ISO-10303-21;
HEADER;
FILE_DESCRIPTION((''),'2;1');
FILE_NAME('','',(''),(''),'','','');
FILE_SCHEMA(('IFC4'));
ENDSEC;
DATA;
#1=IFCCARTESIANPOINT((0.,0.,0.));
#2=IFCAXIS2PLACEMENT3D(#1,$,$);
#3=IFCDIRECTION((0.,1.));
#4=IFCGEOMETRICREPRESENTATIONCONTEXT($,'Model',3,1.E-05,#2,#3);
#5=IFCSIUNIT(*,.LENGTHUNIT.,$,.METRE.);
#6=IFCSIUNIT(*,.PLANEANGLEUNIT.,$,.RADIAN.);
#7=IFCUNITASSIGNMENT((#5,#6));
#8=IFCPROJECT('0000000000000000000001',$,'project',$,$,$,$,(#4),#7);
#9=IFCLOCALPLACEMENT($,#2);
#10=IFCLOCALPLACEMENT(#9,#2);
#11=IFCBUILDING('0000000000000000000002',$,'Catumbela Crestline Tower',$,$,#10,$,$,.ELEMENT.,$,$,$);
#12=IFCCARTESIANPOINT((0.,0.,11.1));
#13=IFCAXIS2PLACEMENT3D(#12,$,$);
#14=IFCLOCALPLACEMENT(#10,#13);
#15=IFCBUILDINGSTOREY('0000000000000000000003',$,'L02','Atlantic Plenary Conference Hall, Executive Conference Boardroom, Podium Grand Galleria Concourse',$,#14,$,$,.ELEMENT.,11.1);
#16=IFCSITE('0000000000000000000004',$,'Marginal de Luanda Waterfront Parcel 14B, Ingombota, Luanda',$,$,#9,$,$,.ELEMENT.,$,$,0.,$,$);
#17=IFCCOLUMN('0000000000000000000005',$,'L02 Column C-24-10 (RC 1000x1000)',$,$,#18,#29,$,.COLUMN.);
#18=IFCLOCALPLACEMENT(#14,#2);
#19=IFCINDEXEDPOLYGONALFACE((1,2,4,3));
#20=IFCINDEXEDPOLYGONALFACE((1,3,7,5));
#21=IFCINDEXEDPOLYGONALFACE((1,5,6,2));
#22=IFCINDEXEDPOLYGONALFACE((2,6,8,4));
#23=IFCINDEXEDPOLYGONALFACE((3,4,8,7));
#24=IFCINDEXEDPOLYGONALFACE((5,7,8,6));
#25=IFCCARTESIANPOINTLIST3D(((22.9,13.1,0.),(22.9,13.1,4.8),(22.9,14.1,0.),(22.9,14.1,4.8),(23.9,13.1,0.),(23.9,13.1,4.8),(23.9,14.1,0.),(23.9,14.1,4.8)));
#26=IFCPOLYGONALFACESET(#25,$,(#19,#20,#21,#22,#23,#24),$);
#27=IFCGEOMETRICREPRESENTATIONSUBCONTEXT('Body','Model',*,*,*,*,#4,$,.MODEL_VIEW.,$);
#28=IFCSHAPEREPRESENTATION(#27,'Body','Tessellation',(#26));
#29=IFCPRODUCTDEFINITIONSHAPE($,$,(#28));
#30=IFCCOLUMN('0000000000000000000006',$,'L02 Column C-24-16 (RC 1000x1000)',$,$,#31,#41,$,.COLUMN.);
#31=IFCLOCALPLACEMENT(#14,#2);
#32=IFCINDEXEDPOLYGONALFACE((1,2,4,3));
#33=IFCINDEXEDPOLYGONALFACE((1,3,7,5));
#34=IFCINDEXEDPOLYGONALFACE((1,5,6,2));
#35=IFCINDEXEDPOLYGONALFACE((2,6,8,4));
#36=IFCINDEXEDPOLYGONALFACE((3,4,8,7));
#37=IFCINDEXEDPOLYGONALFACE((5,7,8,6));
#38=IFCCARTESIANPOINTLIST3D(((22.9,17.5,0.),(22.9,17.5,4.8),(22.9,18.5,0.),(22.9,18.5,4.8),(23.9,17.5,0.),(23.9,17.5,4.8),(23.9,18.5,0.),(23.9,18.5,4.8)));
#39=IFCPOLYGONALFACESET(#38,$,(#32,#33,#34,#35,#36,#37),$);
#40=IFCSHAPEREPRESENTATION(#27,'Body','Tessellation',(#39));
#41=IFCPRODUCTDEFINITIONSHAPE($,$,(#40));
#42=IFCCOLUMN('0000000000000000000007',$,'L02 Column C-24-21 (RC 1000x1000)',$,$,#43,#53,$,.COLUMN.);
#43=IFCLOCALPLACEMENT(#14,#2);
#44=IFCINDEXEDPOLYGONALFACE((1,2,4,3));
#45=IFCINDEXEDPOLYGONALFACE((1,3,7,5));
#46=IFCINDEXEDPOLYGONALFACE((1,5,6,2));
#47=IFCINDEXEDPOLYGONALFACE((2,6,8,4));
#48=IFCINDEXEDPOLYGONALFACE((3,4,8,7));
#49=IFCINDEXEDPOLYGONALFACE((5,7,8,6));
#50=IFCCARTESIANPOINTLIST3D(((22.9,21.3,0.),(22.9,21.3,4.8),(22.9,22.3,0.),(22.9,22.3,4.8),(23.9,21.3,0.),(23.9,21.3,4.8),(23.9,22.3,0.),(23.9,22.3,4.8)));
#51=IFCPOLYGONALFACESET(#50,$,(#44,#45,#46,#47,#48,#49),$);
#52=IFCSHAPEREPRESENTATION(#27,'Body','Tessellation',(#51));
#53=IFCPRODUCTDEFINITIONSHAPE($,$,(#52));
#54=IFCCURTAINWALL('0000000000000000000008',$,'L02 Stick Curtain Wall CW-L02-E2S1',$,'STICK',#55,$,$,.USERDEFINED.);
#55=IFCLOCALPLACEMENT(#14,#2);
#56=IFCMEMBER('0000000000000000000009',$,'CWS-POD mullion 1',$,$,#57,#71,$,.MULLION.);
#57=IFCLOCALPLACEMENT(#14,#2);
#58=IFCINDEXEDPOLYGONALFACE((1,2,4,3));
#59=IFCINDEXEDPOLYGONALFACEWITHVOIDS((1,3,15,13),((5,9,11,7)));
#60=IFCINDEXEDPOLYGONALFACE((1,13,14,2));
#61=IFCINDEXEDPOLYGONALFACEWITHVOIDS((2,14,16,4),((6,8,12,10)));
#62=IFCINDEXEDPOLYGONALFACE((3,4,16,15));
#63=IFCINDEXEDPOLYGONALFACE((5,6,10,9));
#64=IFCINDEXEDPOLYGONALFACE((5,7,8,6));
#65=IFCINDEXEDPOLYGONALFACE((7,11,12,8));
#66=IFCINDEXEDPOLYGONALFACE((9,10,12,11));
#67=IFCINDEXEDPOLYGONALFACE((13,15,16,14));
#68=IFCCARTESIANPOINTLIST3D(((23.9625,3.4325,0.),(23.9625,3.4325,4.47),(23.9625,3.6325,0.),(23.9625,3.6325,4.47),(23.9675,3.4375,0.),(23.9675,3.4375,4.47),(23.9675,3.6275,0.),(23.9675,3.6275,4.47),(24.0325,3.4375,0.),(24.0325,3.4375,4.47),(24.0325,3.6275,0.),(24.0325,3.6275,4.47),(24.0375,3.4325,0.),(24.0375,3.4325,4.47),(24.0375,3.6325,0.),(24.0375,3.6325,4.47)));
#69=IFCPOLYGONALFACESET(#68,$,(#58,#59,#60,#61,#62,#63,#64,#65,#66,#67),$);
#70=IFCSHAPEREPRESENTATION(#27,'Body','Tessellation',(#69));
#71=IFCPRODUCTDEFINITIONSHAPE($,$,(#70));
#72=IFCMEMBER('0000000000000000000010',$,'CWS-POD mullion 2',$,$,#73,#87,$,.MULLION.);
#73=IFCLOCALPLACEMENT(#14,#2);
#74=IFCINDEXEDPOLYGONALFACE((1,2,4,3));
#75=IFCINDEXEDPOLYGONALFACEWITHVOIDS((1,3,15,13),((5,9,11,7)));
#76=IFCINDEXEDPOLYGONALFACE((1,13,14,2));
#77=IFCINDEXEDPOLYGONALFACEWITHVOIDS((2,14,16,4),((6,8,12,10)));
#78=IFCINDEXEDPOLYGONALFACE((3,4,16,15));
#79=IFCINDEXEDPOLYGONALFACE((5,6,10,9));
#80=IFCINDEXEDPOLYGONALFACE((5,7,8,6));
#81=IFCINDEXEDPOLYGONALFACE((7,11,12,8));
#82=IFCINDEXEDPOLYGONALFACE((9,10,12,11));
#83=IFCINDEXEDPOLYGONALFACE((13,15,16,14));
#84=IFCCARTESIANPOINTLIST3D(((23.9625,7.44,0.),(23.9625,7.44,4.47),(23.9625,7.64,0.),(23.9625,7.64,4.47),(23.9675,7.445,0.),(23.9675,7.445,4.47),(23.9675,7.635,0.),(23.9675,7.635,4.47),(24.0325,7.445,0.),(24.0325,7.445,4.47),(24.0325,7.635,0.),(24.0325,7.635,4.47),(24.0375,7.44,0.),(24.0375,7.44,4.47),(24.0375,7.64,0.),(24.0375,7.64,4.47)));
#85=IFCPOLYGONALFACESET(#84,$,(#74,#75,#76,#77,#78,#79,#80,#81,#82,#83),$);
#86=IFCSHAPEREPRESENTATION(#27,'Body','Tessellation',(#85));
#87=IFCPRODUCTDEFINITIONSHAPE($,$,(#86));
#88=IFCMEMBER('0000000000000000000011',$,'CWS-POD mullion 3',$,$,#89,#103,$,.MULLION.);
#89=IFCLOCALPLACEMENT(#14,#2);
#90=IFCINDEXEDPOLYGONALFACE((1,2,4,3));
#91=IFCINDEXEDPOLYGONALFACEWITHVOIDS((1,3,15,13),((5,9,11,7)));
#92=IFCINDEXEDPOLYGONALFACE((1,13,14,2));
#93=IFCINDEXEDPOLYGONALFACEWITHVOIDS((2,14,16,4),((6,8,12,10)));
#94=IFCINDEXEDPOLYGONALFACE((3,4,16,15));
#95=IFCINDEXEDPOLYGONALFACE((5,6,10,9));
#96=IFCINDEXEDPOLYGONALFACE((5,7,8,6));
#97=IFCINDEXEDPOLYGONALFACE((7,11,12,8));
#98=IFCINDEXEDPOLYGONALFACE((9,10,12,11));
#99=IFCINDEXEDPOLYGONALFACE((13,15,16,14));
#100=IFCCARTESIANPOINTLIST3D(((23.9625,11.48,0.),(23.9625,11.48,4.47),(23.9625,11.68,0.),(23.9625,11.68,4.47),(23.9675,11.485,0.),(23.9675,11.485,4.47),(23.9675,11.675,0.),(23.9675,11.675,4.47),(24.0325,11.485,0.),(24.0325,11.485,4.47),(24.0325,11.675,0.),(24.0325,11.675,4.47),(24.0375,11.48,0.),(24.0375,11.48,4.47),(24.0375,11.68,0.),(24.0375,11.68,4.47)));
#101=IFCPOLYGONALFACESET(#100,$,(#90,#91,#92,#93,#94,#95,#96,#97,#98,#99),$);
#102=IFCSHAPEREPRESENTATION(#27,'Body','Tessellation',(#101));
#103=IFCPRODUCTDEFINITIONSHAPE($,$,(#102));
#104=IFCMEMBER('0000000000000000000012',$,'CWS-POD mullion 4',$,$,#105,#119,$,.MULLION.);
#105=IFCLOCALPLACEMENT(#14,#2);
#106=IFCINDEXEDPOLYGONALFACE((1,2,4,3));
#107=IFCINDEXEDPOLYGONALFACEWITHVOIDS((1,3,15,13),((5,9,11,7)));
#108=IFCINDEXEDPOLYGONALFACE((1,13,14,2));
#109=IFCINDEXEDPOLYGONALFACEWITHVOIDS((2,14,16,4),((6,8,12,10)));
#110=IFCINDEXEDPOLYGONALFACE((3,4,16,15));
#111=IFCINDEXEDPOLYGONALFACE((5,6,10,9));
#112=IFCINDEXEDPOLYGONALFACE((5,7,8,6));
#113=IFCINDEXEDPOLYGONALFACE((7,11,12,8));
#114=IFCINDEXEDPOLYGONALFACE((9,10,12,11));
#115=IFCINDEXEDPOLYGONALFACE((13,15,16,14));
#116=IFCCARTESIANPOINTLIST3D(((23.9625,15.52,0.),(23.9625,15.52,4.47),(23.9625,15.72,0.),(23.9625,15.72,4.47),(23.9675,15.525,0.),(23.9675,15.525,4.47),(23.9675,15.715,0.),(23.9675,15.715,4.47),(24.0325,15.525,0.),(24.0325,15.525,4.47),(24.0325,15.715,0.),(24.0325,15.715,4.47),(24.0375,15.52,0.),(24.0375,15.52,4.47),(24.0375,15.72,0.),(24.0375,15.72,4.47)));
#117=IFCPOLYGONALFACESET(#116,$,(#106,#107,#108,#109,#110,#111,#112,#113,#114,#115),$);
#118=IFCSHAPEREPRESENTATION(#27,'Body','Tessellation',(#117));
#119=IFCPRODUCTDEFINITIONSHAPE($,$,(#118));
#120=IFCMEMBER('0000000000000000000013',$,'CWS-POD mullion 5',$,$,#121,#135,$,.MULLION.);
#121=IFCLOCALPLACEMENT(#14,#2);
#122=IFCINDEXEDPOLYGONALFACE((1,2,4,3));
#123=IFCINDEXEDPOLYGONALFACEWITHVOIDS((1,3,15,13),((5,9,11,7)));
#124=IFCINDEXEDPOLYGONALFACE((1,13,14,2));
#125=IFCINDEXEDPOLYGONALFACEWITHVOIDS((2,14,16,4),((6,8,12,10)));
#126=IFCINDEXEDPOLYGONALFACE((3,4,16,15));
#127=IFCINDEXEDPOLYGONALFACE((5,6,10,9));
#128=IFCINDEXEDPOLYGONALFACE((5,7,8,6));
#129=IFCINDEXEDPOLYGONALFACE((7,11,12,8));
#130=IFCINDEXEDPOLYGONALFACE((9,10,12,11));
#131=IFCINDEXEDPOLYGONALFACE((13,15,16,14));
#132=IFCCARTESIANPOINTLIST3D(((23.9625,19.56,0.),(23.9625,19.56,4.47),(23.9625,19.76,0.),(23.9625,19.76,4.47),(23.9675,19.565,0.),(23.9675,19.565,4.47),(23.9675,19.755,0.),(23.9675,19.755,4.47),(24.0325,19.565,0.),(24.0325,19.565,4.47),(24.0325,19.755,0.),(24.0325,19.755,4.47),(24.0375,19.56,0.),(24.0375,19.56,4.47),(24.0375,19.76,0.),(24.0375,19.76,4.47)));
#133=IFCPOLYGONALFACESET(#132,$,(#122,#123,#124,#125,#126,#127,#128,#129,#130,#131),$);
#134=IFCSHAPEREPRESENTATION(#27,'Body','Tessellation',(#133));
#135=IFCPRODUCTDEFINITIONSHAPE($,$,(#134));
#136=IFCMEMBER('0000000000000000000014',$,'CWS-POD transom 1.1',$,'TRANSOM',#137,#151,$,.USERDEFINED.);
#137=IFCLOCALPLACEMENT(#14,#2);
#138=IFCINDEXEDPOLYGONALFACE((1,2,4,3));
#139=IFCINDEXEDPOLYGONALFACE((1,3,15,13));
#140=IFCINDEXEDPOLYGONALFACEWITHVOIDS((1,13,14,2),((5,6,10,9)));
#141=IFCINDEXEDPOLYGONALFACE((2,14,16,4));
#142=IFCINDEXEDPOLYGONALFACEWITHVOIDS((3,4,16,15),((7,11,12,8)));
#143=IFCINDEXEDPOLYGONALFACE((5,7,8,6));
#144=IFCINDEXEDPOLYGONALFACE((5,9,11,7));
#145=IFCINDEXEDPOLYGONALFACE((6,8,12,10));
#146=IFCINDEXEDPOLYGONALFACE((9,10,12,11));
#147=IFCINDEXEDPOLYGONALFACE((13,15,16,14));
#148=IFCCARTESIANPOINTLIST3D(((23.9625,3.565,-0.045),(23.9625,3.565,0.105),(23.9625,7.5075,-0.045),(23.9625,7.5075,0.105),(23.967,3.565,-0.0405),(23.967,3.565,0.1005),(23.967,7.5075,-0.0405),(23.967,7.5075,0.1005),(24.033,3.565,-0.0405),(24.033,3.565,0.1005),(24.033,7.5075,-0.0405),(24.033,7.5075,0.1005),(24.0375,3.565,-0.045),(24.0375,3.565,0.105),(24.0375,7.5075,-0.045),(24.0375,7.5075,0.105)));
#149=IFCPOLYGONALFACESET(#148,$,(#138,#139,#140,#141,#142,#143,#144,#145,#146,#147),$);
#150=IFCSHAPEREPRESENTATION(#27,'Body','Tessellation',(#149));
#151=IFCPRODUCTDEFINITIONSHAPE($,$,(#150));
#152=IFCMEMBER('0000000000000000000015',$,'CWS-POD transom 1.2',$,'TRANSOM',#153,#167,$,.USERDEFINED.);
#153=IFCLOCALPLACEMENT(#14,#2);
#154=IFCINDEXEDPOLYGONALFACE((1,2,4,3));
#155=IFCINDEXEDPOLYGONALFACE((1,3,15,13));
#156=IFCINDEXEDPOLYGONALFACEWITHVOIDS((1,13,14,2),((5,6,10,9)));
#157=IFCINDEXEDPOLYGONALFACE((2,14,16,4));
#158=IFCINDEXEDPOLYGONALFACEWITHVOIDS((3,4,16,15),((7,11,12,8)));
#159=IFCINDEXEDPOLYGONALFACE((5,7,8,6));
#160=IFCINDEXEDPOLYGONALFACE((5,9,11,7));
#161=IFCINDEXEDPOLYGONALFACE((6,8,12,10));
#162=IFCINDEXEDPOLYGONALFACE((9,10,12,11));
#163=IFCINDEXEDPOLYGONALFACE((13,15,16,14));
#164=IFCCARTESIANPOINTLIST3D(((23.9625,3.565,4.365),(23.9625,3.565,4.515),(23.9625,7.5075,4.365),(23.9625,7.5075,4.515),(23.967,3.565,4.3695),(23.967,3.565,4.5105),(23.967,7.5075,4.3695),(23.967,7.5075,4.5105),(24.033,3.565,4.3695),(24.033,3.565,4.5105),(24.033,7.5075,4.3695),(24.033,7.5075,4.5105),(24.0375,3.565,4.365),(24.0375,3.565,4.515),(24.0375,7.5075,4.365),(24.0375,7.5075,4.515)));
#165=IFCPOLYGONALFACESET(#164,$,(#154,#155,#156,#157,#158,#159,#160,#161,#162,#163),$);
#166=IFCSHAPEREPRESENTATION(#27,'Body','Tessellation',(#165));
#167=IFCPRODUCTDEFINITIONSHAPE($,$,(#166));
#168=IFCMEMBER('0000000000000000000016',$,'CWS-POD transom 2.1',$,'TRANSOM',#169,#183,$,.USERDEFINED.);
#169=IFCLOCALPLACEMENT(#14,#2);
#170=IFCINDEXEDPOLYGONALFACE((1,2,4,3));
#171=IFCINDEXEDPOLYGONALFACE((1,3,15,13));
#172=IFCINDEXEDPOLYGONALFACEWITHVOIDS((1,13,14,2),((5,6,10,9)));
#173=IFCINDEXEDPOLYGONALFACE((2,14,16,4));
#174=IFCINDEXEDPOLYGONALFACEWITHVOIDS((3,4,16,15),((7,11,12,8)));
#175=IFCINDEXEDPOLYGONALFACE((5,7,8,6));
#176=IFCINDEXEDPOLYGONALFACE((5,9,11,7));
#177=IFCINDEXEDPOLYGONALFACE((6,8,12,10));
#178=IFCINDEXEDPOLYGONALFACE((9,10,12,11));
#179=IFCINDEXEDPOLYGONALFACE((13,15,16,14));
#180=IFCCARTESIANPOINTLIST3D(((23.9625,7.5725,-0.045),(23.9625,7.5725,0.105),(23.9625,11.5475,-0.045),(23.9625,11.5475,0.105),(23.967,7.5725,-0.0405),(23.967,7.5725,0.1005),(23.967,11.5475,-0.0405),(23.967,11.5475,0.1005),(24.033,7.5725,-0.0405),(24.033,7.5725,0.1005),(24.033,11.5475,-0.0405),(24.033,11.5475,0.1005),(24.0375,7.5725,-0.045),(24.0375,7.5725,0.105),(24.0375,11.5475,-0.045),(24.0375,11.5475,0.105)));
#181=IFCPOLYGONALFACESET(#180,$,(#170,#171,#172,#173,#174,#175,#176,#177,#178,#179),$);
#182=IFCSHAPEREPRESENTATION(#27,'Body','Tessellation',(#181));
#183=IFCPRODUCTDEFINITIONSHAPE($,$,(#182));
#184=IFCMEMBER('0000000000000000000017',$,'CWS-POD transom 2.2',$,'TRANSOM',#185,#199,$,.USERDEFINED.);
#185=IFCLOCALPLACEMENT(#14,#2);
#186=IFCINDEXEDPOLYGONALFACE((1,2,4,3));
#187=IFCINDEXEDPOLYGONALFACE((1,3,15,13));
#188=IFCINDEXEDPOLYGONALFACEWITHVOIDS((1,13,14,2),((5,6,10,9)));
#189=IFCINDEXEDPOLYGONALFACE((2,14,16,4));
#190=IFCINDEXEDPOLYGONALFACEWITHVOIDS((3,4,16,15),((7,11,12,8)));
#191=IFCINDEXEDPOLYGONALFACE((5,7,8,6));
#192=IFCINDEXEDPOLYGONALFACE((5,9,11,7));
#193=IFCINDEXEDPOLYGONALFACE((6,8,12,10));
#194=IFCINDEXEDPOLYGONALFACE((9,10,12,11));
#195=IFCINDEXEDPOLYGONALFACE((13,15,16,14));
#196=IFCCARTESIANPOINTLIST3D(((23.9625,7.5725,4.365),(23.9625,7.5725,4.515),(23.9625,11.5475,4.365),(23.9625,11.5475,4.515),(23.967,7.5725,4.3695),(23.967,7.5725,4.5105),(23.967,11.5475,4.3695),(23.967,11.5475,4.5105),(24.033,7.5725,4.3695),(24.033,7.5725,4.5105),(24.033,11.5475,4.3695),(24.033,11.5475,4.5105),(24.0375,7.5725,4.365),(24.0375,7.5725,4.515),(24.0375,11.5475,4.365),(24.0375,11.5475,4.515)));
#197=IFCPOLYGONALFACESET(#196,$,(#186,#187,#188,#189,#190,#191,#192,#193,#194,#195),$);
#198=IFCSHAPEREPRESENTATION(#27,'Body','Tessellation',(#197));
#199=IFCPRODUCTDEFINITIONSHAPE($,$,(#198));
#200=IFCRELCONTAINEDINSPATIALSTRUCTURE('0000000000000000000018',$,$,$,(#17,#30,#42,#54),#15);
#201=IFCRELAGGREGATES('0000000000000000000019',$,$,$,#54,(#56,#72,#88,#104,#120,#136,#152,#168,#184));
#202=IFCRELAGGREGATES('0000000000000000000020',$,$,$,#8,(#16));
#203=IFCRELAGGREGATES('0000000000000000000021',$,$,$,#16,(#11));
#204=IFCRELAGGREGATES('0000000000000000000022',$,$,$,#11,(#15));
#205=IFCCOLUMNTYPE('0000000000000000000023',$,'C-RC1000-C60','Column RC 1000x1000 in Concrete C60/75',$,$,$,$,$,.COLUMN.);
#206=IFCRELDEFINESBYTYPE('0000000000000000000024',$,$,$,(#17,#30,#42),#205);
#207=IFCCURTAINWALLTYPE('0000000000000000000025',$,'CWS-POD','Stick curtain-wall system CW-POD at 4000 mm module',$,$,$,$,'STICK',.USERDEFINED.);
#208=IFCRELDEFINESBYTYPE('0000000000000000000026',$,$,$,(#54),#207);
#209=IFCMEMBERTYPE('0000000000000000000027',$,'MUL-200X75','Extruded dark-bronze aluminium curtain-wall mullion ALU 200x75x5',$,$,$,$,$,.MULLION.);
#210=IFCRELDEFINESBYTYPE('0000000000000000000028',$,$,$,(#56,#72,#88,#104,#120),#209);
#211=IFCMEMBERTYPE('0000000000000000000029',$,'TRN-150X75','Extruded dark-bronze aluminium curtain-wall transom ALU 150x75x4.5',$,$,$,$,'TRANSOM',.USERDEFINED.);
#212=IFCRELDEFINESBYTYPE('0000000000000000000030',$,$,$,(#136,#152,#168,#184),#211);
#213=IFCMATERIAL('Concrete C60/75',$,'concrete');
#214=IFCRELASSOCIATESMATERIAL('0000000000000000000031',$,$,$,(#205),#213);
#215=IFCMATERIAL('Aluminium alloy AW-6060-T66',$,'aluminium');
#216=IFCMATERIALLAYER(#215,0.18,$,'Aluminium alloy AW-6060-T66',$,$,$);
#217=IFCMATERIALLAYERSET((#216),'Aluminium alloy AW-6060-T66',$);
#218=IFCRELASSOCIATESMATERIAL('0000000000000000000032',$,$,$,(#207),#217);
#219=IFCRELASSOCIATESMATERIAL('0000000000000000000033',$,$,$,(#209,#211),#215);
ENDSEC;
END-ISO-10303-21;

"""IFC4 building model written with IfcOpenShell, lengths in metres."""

from ifc_helpers import new_model, si_unit, direction, frame, origin, origin_2d, place, context, subcontext, project, spatial, rectangle, hollow_rectangle, extrude, material, layer, layer_set, material_profile, profile_set, type_object, element, aggregate, save


model = new_model("IFC4")

# Units and contexts
model_context = context("Model", 3, precision=1e-05, world=origin(), true_north=direction((0.0, 1.0)))
body_context = subcontext(model_context, "Body", "Model", "MODEL_VIEW")
ifc_project = project(units=[si_unit("LENGTHUNIT", "METRE"), si_unit("PLANEANGLEUNIT", "RADIAN")], contexts=[model_context])

# Site, building, storey
site_placement = place(None, origin())
site = spatial("IfcSite", under=ifc_project, at=site_placement, Name="Marginal de Luanda Waterfront Parcel 14B, Ingombota, Luanda", CompositionType="ELEMENT", RefElevation=0.0)
building_placement = place(site_placement, origin())
building = spatial("IfcBuilding", under=site, at=building_placement, Name="Catumbela Crestline Tower", CompositionType="ELEMENT")
storey_placement = place(building_placement, frame((0.0, 0.0, 11.1)))
storey = spatial("IfcBuildingStorey", under=building, at=storey_placement, Name="L02", Description="Atlantic Plenary Conference Hall, Executive Conference Boardroom, Podium Grand Galleria Concourse", CompositionType="ELEMENT", Elevation=11.1)

# Columns
ifc_material_1 = material(Name="Concrete C60/75", Category="concrete")
ifc_material_profile_1 = material_profile(ifc_material_1, rectangle(XDim=1.0, YDim=1.0, at=origin_2d()), Name="RC 1000x1000")
ifc_profile_set_1 = profile_set([ifc_material_profile_1], Name="Concrete C60/75")
column_type = type_object("IfcColumnType", Name="C-RC1000-C60", Description="Column RC 1000x1000 in Concrete C60/75", PredefinedType="COLUMN", material=ifc_profile_set_1)
for number, where, z_axis, x_axis, name in (
    (1, (23.4, 13.6, 0.0), (0.0, 0.0, 1.0), (1.0, 0.0, 0.0), "L02 Column C-24-10 (RC 1000x1000)"),
    (2, (23.4, 18.0, 0.0), (0.0, 0.0, 1.0), (1.0, 0.0, 0.0), "L02 Column C-24-16 (RC 1000x1000)"),
    (3, (23.4, 21.8, 0.0), (0.0, 0.0, 1.0), (1.0, 0.0, 0.0), "L02 Column C-24-21 (RC 1000x1000)"),
):
    element("IfcColumn", number, at=place(storey_placement, frame(where, z_axis=z_axis, x_axis=x_axis)), inside=storey, type_object=column_type, Name=name, PredefinedType="COLUMN", context=body_context, shape_type="SweptSolid", body=[
        extrude(rectangle(XDim=1.0, YDim=1.0, at=origin_2d()), origin(), (0.0, 0.0, 1.0), 4.8),
    ])

# Curtain wall, members
ifc_material_2 = material(Name="Aluminium alloy AW-6060-T66", Category="aluminium")
ifc_layer_1 = layer(ifc_material_2, 0.18, Name="Aluminium alloy AW-6060-T66")
ifc_layer_set_1 = layer_set([ifc_layer_1], Name="Aluminium alloy AW-6060-T66")
curtain_wall_type = type_object("IfcCurtainWallType", Name="CWS-POD", Description="Stick curtain-wall system CW-POD at 4000 mm module", ElementType="STICK", PredefinedType="USERDEFINED", material=ifc_layer_set_1)
curtain_wall_placement = place(storey_placement, origin())
curtain_wall = element("IfcCurtainWall", 4, at=curtain_wall_placement, inside=storey, type_object=curtain_wall_type, Name="L02 Stick Curtain Wall CW-L02-E2S1", ObjectType="STICK", PredefinedType="USERDEFINED")
ifc_material_profile_2 = material_profile(ifc_material_2, hollow_rectangle(XDim=0.075, YDim=0.2, WallThickness=0.005, at=origin_2d()), Name="ALU 200x75x5")
ifc_profile_set_2 = profile_set([ifc_material_profile_2], Name="Aluminium alloy AW-6060-T66")
member_type_1 = type_object("IfcMemberType", Name="MUL-200X75", Description="Extruded dark-bronze aluminium curtain-wall mullion ALU 200x75x5", PredefinedType="MULLION", material=ifc_profile_set_2)
member_1_placement = place(storey_placement, frame((24.0, 3.5325, 0.0), z_axis=(0.0, 0.0, 1.0), x_axis=(-1.0, 0.0, 0.0)))
member_1 = element("IfcMember", 5, at=member_1_placement, type_object=member_type_1, Name="CWS-POD mullion 1", PredefinedType="MULLION", context=body_context, shape_type="SweptSolid", body=[
    extrude(hollow_rectangle(XDim=0.075, YDim=0.2, WallThickness=0.005, at=origin_2d()), origin(), (0.0, 0.0, 1.0), 4.47),
])
member_2_placement = place(storey_placement, frame((24.0, 7.54, 0.0), z_axis=(0.0, 0.0, 1.0), x_axis=(-1.0, 0.0, 0.0)))
member_2 = element("IfcMember", 6, at=member_2_placement, type_object=member_type_1, Name="CWS-POD mullion 2", PredefinedType="MULLION", context=body_context, shape_type="SweptSolid", body=[
    extrude(hollow_rectangle(XDim=0.075, YDim=0.2, WallThickness=0.005, at=origin_2d()), origin(), (0.0, 0.0, 1.0), 4.47),
])
member_3_placement = place(storey_placement, frame((24.0, 11.58, 0.0), z_axis=(0.0, 0.0, 1.0), x_axis=(-1.0, 0.0, 0.0)))
member_3 = element("IfcMember", 7, at=member_3_placement, type_object=member_type_1, Name="CWS-POD mullion 3", PredefinedType="MULLION", context=body_context, shape_type="SweptSolid", body=[
    extrude(hollow_rectangle(XDim=0.075, YDim=0.2, WallThickness=0.005, at=origin_2d()), origin(), (0.0, 0.0, 1.0), 4.47),
])
member_4_placement = place(storey_placement, frame((24.0, 15.62, 0.0), z_axis=(0.0, 0.0, 1.0), x_axis=(-1.0, 0.0, 0.0)))
member_4 = element("IfcMember", 8, at=member_4_placement, type_object=member_type_1, Name="CWS-POD mullion 4", PredefinedType="MULLION", context=body_context, shape_type="SweptSolid", body=[
    extrude(hollow_rectangle(XDim=0.075, YDim=0.2, WallThickness=0.005, at=origin_2d()), origin(), (0.0, 0.0, 1.0), 4.47),
])
member_5_placement = place(storey_placement, frame((24.0, 19.66, 0.0), z_axis=(0.0, 0.0, 1.0), x_axis=(-1.0, 0.0, 0.0)))
member_5 = element("IfcMember", 9, at=member_5_placement, type_object=member_type_1, Name="CWS-POD mullion 5", PredefinedType="MULLION", context=body_context, shape_type="SweptSolid", body=[
    extrude(hollow_rectangle(XDim=0.075, YDim=0.2, WallThickness=0.005, at=origin_2d()), origin(), (0.0, 0.0, 1.0), 4.47),
])
ifc_material_profile_3 = material_profile(ifc_material_2, hollow_rectangle(XDim=0.075, YDim=0.15, WallThickness=0.0045, at=origin_2d()), Name="ALU 150x75x4.5")
ifc_profile_set_3 = profile_set([ifc_material_profile_3], Name="Aluminium alloy AW-6060-T66")
member_type_2 = type_object("IfcMemberType", Name="TRN-150X75", Description="Extruded dark-bronze aluminium curtain-wall transom ALU 150x75x4.5", ElementType="TRANSOM", PredefinedType="USERDEFINED", material=ifc_profile_set_3)
member_6_placement = place(storey_placement, frame((24.0, 3.565, 0.03), z_axis=(0.0, 1.0, 0.0), x_axis=(-1.0, 0.0, 0.0)))
member_6 = element("IfcMember", 10, at=member_6_placement, type_object=member_type_2, Name="CWS-POD transom 1.1", ObjectType="TRANSOM", PredefinedType="USERDEFINED", context=body_context, shape_type="SweptSolid", body=[
    extrude(hollow_rectangle(XDim=0.075, YDim=0.15, WallThickness=0.0045, at=origin_2d()), origin(), (0.0, 0.0, 1.0), 3.9425),
])
member_7_placement = place(storey_placement, frame((24.0, 3.565, 4.44), z_axis=(0.0, 1.0, 0.0), x_axis=(-1.0, 0.0, 0.0)))
member_7 = element("IfcMember", 11, at=member_7_placement, type_object=member_type_2, Name="CWS-POD transom 1.2", ObjectType="TRANSOM", PredefinedType="USERDEFINED", context=body_context, shape_type="SweptSolid", body=[
    extrude(hollow_rectangle(XDim=0.075, YDim=0.15, WallThickness=0.0045, at=origin_2d()), origin(), (0.0, 0.0, 1.0), 3.9425),
])
member_8_placement = place(storey_placement, frame((24.0, 7.5725, 0.03), z_axis=(0.0, 1.0, 0.0), x_axis=(-1.0, 0.0, 0.0)))
member_8 = element("IfcMember", 12, at=member_8_placement, type_object=member_type_2, Name="CWS-POD transom 2.1", ObjectType="TRANSOM", PredefinedType="USERDEFINED", context=body_context, shape_type="SweptSolid", body=[
    extrude(hollow_rectangle(XDim=0.075, YDim=0.15, WallThickness=0.0045, at=origin_2d()), origin(), (0.0, 0.0, 1.0), 3.975),
])
member_9_placement = place(storey_placement, frame((24.0, 7.5725, 4.44), z_axis=(0.0, 1.0, 0.0), x_axis=(-1.0, 0.0, 0.0)))
member_9 = element("IfcMember", 13, at=member_9_placement, type_object=member_type_2, Name="CWS-POD transom 2.2", ObjectType="TRANSOM", PredefinedType="USERDEFINED", context=body_context, shape_type="SweptSolid", body=[
    extrude(hollow_rectangle(XDim=0.075, YDim=0.15, WallThickness=0.0045, at=origin_2d()), origin(), (0.0, 0.0, 1.0), 3.975),
])
aggregate(curtain_wall, [member_1, member_2, member_3, member_4, member_5, member_6, member_7, member_8, member_9])

save(model, "model.ifc")
